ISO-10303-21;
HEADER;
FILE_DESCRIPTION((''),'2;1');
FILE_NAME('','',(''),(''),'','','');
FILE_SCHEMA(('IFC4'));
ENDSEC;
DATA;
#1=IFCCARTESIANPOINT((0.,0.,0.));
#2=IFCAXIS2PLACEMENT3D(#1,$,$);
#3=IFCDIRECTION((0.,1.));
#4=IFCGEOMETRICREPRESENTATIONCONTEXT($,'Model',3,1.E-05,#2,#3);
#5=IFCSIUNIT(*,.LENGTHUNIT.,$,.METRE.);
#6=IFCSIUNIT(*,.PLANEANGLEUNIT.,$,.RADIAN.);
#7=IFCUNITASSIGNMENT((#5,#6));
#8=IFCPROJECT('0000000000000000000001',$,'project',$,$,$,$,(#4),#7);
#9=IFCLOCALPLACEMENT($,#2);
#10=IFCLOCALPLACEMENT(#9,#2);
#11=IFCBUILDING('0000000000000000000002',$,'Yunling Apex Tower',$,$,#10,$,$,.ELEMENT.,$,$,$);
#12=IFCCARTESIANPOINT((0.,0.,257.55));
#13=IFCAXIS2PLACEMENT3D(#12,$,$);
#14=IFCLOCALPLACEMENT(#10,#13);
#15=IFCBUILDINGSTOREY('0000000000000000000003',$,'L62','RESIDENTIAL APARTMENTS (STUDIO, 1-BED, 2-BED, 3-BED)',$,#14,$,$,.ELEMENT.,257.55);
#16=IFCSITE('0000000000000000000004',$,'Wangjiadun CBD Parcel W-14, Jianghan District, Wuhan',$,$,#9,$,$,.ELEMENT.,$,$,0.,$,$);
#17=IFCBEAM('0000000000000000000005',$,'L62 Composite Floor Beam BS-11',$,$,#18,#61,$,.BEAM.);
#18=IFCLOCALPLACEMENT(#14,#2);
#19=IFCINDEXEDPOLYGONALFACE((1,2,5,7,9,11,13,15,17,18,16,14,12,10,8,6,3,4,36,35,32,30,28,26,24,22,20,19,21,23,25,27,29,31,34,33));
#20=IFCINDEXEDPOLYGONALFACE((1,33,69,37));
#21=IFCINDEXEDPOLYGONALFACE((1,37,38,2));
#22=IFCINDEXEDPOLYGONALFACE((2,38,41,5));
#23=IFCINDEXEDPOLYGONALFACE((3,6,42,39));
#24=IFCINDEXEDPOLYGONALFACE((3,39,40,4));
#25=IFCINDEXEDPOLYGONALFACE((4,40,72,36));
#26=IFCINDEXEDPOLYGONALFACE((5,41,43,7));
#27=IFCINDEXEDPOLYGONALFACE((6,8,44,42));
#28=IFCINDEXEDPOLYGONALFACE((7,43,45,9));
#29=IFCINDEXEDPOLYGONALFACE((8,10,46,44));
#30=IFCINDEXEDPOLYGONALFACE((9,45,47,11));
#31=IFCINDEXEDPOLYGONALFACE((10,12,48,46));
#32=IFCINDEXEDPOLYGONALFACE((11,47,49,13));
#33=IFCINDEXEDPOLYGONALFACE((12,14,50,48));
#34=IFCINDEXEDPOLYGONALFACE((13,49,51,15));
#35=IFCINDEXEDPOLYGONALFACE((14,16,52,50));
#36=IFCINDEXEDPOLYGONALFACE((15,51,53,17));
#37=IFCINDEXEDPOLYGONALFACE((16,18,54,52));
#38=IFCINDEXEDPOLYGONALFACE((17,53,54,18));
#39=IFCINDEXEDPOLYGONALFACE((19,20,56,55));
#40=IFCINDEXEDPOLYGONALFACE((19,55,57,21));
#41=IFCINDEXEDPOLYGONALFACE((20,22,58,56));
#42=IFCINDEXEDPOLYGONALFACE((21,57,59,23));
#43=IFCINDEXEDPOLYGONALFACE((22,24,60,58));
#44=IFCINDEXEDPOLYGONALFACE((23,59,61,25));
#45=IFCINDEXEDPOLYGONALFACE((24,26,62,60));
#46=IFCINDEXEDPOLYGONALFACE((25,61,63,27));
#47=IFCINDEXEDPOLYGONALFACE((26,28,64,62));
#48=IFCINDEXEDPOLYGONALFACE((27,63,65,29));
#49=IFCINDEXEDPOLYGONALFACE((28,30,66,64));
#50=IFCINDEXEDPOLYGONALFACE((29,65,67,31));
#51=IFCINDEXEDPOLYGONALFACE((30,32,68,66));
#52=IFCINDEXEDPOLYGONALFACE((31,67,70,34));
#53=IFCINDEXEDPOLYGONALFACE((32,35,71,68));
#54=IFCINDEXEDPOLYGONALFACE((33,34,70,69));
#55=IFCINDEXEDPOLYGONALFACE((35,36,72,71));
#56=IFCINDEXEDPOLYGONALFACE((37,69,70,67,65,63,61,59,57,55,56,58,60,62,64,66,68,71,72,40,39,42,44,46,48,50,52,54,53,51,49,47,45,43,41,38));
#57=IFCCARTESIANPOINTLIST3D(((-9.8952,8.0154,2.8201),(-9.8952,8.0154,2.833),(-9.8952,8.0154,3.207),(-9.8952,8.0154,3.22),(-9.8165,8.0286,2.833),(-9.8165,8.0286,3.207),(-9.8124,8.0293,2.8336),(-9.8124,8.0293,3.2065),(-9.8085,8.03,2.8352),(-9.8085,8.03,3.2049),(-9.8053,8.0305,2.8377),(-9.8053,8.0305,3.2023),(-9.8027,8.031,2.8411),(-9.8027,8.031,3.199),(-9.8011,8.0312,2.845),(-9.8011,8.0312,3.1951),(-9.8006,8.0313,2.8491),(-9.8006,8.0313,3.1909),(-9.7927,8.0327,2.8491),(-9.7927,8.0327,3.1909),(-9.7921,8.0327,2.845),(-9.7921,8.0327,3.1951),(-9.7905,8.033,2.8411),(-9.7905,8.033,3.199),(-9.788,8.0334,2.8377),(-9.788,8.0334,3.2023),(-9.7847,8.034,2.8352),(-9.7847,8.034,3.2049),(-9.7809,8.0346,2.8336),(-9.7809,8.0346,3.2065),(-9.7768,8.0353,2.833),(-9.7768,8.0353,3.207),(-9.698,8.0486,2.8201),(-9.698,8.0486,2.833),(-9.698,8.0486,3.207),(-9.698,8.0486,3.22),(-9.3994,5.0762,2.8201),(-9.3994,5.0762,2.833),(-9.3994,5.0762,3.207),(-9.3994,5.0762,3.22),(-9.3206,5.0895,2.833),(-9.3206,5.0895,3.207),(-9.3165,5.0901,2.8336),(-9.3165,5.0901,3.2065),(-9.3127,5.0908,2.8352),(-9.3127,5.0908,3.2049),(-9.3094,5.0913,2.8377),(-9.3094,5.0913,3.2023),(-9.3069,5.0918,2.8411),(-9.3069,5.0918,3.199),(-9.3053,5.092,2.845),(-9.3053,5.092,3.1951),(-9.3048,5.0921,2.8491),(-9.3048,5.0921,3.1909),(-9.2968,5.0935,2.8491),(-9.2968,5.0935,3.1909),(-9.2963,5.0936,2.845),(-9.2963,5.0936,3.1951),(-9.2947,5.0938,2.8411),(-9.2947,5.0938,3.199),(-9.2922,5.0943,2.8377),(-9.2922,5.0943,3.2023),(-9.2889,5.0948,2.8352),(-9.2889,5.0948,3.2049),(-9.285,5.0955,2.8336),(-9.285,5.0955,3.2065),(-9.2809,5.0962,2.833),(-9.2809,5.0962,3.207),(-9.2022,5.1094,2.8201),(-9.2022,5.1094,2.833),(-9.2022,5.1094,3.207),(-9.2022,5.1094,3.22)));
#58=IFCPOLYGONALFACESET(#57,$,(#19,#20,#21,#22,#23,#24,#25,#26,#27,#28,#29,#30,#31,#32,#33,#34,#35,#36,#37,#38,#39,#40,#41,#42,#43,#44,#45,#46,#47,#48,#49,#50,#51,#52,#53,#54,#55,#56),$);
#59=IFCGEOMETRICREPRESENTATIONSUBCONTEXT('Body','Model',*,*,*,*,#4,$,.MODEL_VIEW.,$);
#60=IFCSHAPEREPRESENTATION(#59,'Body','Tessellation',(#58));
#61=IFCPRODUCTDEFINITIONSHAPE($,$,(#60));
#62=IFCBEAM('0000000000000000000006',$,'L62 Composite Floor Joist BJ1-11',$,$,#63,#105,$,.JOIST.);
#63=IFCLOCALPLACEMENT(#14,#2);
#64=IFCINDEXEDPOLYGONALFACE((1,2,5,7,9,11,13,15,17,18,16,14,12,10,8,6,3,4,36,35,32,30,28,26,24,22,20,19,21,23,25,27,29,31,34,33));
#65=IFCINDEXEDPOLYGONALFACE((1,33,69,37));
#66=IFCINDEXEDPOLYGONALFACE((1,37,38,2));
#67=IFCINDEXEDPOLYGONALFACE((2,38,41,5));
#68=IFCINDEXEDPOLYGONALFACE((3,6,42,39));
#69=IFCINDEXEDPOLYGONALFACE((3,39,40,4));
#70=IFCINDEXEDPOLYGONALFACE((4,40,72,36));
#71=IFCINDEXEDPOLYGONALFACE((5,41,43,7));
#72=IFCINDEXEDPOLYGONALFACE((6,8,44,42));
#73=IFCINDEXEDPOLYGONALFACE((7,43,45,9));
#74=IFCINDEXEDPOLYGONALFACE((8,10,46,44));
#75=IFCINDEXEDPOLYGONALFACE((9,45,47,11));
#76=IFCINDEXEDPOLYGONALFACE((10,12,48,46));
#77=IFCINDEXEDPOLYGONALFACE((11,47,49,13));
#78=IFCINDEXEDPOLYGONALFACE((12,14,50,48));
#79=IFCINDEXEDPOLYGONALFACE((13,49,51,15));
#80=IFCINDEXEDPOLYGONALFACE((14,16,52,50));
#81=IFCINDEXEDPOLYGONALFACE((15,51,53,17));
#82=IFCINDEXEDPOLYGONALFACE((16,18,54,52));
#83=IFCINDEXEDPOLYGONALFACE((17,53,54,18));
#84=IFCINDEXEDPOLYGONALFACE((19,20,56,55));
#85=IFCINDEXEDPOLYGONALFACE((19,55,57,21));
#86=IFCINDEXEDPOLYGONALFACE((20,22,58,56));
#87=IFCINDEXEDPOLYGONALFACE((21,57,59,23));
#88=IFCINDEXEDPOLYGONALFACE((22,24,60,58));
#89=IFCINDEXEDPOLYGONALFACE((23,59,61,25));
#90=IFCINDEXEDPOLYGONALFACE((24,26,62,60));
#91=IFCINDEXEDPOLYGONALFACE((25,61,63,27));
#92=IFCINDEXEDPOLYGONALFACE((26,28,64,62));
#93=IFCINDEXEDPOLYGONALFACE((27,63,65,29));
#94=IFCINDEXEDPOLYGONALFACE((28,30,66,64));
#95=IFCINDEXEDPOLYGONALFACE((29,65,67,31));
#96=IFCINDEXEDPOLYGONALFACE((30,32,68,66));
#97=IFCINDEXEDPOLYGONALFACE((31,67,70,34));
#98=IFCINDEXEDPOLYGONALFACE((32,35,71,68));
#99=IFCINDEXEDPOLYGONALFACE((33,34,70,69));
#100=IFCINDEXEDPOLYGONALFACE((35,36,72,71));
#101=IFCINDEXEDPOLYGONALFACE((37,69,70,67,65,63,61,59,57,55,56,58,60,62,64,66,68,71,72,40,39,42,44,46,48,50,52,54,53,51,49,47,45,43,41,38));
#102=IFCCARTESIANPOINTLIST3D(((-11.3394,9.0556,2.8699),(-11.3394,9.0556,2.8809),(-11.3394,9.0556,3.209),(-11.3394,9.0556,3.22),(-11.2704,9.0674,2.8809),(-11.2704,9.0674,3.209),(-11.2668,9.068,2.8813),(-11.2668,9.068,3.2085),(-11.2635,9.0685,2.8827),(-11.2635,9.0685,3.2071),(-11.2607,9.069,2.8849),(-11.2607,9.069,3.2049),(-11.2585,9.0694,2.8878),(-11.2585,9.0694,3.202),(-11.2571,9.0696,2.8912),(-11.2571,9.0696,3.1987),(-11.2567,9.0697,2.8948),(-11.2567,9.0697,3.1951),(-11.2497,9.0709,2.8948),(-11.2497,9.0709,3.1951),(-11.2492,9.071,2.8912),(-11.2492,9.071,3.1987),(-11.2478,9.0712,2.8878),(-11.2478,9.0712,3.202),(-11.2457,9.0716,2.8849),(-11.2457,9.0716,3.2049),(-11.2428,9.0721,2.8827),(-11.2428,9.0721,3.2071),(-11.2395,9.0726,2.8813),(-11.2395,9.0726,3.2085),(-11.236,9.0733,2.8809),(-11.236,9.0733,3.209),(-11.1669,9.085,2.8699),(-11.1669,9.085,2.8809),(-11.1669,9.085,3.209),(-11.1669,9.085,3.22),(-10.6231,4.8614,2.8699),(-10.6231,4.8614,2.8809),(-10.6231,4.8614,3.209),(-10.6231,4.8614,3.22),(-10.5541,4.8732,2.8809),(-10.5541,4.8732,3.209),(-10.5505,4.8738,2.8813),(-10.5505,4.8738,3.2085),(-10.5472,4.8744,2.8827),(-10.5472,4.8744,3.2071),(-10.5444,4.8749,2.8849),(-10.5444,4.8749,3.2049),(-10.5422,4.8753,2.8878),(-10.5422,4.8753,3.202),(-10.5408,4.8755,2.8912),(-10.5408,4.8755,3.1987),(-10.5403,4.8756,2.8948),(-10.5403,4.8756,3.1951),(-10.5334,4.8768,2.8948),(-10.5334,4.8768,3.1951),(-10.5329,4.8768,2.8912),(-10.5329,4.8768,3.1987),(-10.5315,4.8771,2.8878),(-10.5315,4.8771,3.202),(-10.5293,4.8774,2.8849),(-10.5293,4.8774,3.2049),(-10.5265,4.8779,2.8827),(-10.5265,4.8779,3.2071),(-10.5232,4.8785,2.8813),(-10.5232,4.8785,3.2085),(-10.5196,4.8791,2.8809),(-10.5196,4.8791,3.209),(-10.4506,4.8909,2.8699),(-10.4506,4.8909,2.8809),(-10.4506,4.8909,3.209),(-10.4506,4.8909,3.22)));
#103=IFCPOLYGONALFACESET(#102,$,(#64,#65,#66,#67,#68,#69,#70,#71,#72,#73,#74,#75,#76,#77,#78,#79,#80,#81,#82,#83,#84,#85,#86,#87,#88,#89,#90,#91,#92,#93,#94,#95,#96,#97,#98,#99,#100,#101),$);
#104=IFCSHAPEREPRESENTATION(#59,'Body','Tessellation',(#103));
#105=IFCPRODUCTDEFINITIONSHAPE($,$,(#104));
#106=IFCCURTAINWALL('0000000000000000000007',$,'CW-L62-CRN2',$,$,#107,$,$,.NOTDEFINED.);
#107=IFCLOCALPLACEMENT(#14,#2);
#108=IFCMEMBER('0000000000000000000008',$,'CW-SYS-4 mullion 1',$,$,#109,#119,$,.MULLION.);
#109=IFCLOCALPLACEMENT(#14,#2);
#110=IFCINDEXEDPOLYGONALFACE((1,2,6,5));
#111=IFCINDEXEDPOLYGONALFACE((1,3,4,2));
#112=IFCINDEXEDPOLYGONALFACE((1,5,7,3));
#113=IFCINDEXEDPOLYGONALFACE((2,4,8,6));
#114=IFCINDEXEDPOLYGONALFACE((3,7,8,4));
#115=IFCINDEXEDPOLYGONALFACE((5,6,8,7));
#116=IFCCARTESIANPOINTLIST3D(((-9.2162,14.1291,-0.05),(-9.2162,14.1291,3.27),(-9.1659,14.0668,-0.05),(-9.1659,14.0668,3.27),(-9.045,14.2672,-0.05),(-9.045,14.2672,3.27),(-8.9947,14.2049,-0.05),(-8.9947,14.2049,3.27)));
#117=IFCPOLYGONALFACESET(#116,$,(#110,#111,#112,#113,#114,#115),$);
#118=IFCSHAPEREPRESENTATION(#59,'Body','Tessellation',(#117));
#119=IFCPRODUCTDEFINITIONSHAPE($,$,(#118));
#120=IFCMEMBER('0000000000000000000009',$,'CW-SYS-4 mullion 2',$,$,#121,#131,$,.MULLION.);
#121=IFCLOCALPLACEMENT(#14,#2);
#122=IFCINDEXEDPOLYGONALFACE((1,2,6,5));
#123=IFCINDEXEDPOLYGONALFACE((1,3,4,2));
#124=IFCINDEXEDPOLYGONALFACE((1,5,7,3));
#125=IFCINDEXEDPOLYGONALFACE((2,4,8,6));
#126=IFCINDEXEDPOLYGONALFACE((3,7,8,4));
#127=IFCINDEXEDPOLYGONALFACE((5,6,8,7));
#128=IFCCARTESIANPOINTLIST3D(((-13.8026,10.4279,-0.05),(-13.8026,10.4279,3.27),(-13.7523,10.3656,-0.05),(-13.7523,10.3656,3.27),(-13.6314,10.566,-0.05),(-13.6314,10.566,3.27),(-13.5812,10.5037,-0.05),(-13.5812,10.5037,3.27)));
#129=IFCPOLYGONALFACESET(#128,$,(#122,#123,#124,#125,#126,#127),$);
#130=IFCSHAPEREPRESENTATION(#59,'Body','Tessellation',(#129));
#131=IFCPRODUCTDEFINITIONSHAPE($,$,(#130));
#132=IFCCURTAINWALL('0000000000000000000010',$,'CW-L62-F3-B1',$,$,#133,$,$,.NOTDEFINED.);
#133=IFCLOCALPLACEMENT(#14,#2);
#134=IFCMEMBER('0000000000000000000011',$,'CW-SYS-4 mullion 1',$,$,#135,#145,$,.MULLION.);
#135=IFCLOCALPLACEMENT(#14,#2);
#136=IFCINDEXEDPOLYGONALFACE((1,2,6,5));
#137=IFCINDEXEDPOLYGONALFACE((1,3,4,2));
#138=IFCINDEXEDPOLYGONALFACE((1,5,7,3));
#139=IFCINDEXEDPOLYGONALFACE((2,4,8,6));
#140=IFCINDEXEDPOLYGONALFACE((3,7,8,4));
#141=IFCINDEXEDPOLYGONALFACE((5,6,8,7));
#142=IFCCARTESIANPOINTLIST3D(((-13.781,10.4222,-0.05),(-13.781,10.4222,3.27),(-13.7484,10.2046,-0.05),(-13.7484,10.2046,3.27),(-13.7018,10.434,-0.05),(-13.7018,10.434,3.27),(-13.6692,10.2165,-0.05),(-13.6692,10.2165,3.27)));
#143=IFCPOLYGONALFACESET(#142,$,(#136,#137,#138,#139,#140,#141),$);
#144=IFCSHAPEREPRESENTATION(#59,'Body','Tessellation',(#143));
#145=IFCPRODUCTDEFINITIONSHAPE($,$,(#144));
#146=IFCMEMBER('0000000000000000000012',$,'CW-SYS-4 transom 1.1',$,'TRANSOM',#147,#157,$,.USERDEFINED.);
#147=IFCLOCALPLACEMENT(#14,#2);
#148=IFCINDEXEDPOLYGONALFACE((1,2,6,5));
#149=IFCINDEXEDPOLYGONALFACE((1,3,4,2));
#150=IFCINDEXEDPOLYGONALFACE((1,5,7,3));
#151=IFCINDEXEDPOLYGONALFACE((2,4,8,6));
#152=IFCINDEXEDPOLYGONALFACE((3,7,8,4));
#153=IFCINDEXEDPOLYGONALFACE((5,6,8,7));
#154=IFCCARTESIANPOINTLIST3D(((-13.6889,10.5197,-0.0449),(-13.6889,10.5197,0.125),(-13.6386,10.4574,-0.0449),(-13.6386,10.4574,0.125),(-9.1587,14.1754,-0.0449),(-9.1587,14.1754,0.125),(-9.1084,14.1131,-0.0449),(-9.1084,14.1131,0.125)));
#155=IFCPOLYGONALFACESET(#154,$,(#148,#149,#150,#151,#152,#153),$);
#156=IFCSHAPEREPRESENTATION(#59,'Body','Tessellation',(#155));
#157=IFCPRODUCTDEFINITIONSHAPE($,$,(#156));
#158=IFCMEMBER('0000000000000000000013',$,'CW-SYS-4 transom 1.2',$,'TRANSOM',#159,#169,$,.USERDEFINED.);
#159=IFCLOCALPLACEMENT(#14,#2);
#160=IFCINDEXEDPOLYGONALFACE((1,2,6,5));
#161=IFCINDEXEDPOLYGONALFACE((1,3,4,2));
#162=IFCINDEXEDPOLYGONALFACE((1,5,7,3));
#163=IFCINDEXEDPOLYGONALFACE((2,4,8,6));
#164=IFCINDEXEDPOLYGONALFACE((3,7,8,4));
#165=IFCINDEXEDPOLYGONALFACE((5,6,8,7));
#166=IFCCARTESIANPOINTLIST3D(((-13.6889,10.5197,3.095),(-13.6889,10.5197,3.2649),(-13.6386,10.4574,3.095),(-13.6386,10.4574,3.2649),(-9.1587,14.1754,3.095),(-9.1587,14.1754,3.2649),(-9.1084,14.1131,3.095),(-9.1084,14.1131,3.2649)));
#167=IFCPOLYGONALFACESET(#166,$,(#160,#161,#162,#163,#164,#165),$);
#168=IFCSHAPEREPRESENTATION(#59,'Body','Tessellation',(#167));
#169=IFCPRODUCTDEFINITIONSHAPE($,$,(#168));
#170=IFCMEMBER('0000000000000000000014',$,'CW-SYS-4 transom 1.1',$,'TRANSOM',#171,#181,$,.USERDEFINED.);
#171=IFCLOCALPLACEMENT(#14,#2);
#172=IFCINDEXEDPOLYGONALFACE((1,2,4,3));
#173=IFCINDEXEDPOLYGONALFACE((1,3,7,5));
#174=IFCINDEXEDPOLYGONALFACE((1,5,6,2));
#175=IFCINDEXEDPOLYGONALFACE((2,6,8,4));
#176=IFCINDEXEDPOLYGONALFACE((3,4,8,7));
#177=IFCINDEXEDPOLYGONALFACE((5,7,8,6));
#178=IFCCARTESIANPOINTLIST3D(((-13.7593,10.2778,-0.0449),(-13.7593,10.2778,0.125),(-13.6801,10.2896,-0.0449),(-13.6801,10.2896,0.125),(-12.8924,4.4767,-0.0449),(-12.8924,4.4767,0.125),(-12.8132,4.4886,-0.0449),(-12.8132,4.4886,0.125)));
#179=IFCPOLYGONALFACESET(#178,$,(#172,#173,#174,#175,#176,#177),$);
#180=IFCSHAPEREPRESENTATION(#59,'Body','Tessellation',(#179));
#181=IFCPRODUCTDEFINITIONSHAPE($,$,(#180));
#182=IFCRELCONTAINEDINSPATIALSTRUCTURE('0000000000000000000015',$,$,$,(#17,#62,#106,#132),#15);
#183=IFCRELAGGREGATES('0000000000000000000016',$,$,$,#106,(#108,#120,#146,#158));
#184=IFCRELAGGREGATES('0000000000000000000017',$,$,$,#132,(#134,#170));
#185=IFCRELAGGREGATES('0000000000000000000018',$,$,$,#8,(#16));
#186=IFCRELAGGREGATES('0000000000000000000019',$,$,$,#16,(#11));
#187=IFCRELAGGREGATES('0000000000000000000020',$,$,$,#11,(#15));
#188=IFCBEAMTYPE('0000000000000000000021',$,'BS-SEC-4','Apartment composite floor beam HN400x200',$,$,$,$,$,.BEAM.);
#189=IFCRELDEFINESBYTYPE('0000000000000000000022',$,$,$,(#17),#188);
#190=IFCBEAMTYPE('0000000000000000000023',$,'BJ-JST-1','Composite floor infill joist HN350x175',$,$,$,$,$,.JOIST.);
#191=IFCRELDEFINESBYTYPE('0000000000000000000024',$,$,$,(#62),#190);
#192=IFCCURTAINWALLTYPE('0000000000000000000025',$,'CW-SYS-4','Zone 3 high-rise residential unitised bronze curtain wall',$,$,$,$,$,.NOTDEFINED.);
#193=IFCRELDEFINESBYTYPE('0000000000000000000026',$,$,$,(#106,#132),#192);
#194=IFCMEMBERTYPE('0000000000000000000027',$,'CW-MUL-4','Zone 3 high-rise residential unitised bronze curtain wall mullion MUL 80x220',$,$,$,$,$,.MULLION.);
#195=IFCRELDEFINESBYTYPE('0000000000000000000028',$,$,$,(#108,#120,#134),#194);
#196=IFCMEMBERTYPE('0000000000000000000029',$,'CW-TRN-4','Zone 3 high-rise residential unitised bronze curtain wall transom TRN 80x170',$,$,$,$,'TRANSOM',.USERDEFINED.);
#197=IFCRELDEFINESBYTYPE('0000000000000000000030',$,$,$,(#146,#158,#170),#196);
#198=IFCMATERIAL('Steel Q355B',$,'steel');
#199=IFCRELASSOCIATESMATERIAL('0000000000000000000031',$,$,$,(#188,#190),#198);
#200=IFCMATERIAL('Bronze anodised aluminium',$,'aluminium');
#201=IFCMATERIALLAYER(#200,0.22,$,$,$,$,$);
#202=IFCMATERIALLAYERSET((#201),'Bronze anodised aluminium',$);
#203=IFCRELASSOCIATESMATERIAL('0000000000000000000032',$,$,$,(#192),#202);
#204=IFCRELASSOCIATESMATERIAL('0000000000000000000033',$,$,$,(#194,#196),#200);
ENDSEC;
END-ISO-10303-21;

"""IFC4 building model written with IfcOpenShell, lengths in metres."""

from ifc_helpers import new_model, si_unit, direction, frame, origin, origin_2d, place, context, subcontext, project, spatial, rectangle, i_section, extrude, source, transform, mapped, material, layer, layer_set, material_profile, profile_set, type_object, element, aggregate, save


model = new_model("IFC4")

# Units and contexts
model_context = context("Model", 3, precision=1e-05, world=origin(), true_north=direction((0.0, 1.0)))
body_context = subcontext(model_context, "Body", "Model", "MODEL_VIEW")
ifc_project = project(units=[si_unit("LENGTHUNIT", "METRE"), si_unit("PLANEANGLEUNIT", "RADIAN")], contexts=[model_context])

# Site, building, storey
site_placement = place(None, origin())
site = spatial("IfcSite", under=ifc_project, at=site_placement, Name="Wangjiadun CBD Parcel W-14, Jianghan District, Wuhan", CompositionType="ELEMENT", RefElevation=0.0)
building_placement = place(site_placement, origin())
building = spatial("IfcBuilding", under=site, at=building_placement, Name="Yunling Apex Tower", CompositionType="ELEMENT")
storey_placement = place(building_placement, frame((0.0, 0.0, 257.55)))
storey = spatial("IfcBuildingStorey", under=building, at=storey_placement, Name="L62", Description="RESIDENTIAL APARTMENTS (STUDIO, 1-BED, 2-BED, 3-BED)", CompositionType="ELEMENT", Elevation=257.55)

# Shared definitions
ifc_material_1 = material(Name="Steel Q355B", Category="steel")

# Beams
ifc_material_profile_1 = material_profile(ifc_material_1, i_section(OverallWidth=0.2, OverallDepth=0.3999, WebThickness=0.0081, FlangeThickness=0.0129, FilletRadius=0.0161, at=origin_2d()))
ifc_profile_set_1 = profile_set([ifc_material_profile_1], Name="Steel Q355B")
beam_type_1 = type_object("IfcBeamType", Name="BS-SEC-4", Description="Apartment composite floor beam HN400x200", PredefinedType="BEAM", material=ifc_profile_set_1)
shared_shape_1 = source(origin(), body_context, "Body", "SweptSolid", [
    extrude(i_section(OverallWidth=0.2, OverallDepth=0.3999, WebThickness=0.0081, FlangeThickness=0.0129, FilletRadius=0.0161, at=origin_2d()), origin(), (0.0, 0.0, 1.0), 2.9807),
])
beam_1_placement = place(storey_placement, frame((-9.7966, 8.032, 3.02), z_axis=(0.166351, -0.986067, 0.0), x_axis=(0.986067, 0.166351, 0.0)))
element("IfcBeam", 1, at=beam_1_placement, inside=storey, type_object=beam_type_1, Name="L62 Composite Floor Beam BS-11", PredefinedType="BEAM", context=body_context, shape_type="MappedRepresentation", body=[
    mapped(shared_shape_1, transform((0.0, 0.0, 0.0), scale=1.0)),
])
ifc_material_profile_2 = material_profile(ifc_material_1, i_section(OverallWidth=0.175, OverallDepth=0.3501, WebThickness=0.0071, FlangeThickness=0.011, FilletRadius=0.0139, at=origin_2d()))
ifc_profile_set_2 = profile_set([ifc_material_profile_2], Name="Steel Q355B")
beam_type_2 = type_object("IfcBeamType", Name="BJ-JST-1", Description="Composite floor infill joist HN350x175", PredefinedType="JOIST", material=ifc_profile_set_2)
shared_shape_2 = source(origin(), body_context, "Body", "SweptSolid", [
    extrude(i_section(OverallWidth=0.175, OverallDepth=0.3501, WebThickness=0.0071, FlangeThickness=0.011, FilletRadius=0.0139, at=origin_2d()), origin(), (0.0, 0.0, 1.0), 4.2549),
])
beam_2_placement = place(storey_placement, frame((-11.2532, 9.0703, 3.0449), z_axis=(0.168352, -0.985727, 0.0), x_axis=(0.985727, 0.168352, 0.0)))
element("IfcBeam", 2, at=beam_2_placement, inside=storey, type_object=beam_type_2, Name="L62 Composite Floor Joist BJ1-11", PredefinedType="JOIST", context=body_context, shape_type="MappedRepresentation", body=[
    mapped(shared_shape_2, transform((0.0, 0.0, 0.0), scale=1.0)),
])

# Curtain wall, members
ifc_material_2 = material(Name="Bronze anodised aluminium", Category="aluminium")
ifc_layer_1 = layer(ifc_material_2, 0.22)
ifc_layer_set_1 = layer_set([ifc_layer_1], Name="Bronze anodised aluminium")
curtain_wall_type = type_object("IfcCurtainWallType", Name="CW-SYS-4", Description="Zone 3 high-rise residential unitised bronze curtain wall", PredefinedType="NOTDEFINED", material=ifc_layer_set_1)
curtain_wall_1_placement = place(storey_placement, origin())
curtain_wall_1 = element("IfcCurtainWall", 3, at=curtain_wall_1_placement, inside=storey, type_object=curtain_wall_type, Name="CW-L62-CRN2", PredefinedType="NOTDEFINED")
ifc_material_profile_3 = material_profile(ifc_material_2, rectangle(XDim=0.0801, YDim=0.22, at=origin_2d()))
ifc_profile_set_3 = profile_set([ifc_material_profile_3], Name="Bronze anodised aluminium")
member_type_1 = type_object("IfcMemberType", Name="CW-MUL-4", Description="Zone 3 high-rise residential unitised bronze curtain wall mullion MUL 80x220", PredefinedType="MULLION", material=ifc_profile_set_3)
shared_shape_3 = source(origin(), body_context, "Body", "SweptSolid", [
    extrude(rectangle(XDim=0.0801, YDim=0.22, at=origin_2d()), origin(), (0.0, 0.0, 1.0), 3.3201),
])
member_1_placement = place(storey_placement, frame((-9.1055, 14.167, -0.05), z_axis=(0.0, 0.0, 1.0), x_axis=(0.627989, -0.778222, 0.0)))
member_1 = element("IfcMember", 4, at=member_1_placement, type_object=member_type_1, Name="CW-SYS-4 mullion 1", PredefinedType="MULLION", context=body_context, shape_type="MappedRepresentation", body=[
    mapped(shared_shape_3, transform((0.0, 0.0, 0.0), scale=1.0)),
])
member_2_placement = place(storey_placement, frame((-13.6919, 10.4658, -0.05), z_axis=(0.0, 0.0, 1.0), x_axis=(0.627989, -0.778222, 0.0)))
member_2 = element("IfcMember", 5, at=member_2_placement, type_object=member_type_1, Name="CW-SYS-4 mullion 2", PredefinedType="MULLION", context=body_context, shape_type="MappedRepresentation", body=[
    mapped(shared_shape_3, transform((0.0, 0.0, 0.0), scale=1.0)),
])

# Curtain wall, member
curtain_wall_2_placement = place(storey_placement, origin())
curtain_wall_2 = element("IfcCurtainWall", 6, at=curtain_wall_2_placement, inside=storey, type_object=curtain_wall_type, Name="CW-L62-F3-B1", PredefinedType="NOTDEFINED")
member_3_placement = place(storey_placement, frame((-13.7251, 10.3193, -0.05), z_axis=(0.0, 0.0, 1.0), x_axis=(0.989016, 0.147807, 0.0)))
member_3 = element("IfcMember", 7, at=member_3_placement, type_object=member_type_1, Name="CW-SYS-4 mullion 1", PredefinedType="MULLION", context=body_context, shape_type="MappedRepresentation", body=[
    mapped(shared_shape_3, transform((0.0, 0.0, 0.0), scale=1.0)),
])

# Members
ifc_material_profile_4 = material_profile(ifc_material_2, rectangle(XDim=0.0801, YDim=0.1699, at=origin_2d()))
ifc_profile_set_4 = profile_set([ifc_material_profile_4], Name="Bronze anodised aluminium")
member_type_2 = type_object("IfcMemberType", Name="CW-TRN-4", Description="Zone 3 high-rise residential unitised bronze curtain wall transom TRN 80x170", ElementType="TRANSOM", PredefinedType="USERDEFINED", material=ifc_profile_set_4)
shared_shape_4 = source(origin(), body_context, "Body", "SweptSolid", [
    extrude(rectangle(XDim=0.0801, YDim=0.1699, at=origin_2d()), origin(), (0.0, 0.0, 1.0), 5.8213),
])
member_4_placement = place(storey_placement, frame((-9.1335, 14.1443, 0.04), z_axis=(-0.778219, -0.627993, 0.0), x_axis=(0.627993, -0.778219, 0.0)))
member_4 = element("IfcMember", 8, at=member_4_placement, type_object=member_type_2, Name="CW-SYS-4 transom 1.1", ObjectType="TRANSOM", PredefinedType="USERDEFINED", context=body_context, shape_type="MappedRepresentation", body=[
    mapped(shared_shape_4, transform((0.0, 0.0, 0.0), scale=1.0)),
])
member_5_placement = place(storey_placement, frame((-9.1335, 14.1443, 3.1799), z_axis=(-0.778219, -0.627993, 0.0), x_axis=(0.627993, -0.778219, 0.0)))
member_5 = element("IfcMember", 9, at=member_5_placement, type_object=member_type_2, Name="CW-SYS-4 transom 1.2", ObjectType="TRANSOM", PredefinedType="USERDEFINED", context=body_context, shape_type="MappedRepresentation", body=[
    mapped(shared_shape_4, transform((0.0, 0.0, 0.0), scale=1.0)),
])
shared_shape_5 = source(origin(), body_context, "Body", "SweptSolid", [
    extrude(rectangle(XDim=0.0801, YDim=0.1699, at=origin_2d()), origin(), (0.0, 0.0, 1.0), 5.8655),
])
member_6_placement = place(storey_placement, frame((-13.7197, 10.2837, 0.04), z_axis=(0.147805, -0.989017, 0.0), x_axis=(0.989017, 0.147805, 0.0)))
member_6 = element("IfcMember", 10, at=member_6_placement, type_object=member_type_2, Name="CW-SYS-4 transom 1.1", ObjectType="TRANSOM", PredefinedType="USERDEFINED", context=body_context, shape_type="MappedRepresentation", body=[
    mapped(shared_shape_5, transform((0.0, 0.0, 0.0), scale=1.0)),
])

aggregate(curtain_wall_1, [member_1, member_2, member_4, member_5])
aggregate(curtain_wall_2, [member_3, member_6])

save(model, "model.ifc")
